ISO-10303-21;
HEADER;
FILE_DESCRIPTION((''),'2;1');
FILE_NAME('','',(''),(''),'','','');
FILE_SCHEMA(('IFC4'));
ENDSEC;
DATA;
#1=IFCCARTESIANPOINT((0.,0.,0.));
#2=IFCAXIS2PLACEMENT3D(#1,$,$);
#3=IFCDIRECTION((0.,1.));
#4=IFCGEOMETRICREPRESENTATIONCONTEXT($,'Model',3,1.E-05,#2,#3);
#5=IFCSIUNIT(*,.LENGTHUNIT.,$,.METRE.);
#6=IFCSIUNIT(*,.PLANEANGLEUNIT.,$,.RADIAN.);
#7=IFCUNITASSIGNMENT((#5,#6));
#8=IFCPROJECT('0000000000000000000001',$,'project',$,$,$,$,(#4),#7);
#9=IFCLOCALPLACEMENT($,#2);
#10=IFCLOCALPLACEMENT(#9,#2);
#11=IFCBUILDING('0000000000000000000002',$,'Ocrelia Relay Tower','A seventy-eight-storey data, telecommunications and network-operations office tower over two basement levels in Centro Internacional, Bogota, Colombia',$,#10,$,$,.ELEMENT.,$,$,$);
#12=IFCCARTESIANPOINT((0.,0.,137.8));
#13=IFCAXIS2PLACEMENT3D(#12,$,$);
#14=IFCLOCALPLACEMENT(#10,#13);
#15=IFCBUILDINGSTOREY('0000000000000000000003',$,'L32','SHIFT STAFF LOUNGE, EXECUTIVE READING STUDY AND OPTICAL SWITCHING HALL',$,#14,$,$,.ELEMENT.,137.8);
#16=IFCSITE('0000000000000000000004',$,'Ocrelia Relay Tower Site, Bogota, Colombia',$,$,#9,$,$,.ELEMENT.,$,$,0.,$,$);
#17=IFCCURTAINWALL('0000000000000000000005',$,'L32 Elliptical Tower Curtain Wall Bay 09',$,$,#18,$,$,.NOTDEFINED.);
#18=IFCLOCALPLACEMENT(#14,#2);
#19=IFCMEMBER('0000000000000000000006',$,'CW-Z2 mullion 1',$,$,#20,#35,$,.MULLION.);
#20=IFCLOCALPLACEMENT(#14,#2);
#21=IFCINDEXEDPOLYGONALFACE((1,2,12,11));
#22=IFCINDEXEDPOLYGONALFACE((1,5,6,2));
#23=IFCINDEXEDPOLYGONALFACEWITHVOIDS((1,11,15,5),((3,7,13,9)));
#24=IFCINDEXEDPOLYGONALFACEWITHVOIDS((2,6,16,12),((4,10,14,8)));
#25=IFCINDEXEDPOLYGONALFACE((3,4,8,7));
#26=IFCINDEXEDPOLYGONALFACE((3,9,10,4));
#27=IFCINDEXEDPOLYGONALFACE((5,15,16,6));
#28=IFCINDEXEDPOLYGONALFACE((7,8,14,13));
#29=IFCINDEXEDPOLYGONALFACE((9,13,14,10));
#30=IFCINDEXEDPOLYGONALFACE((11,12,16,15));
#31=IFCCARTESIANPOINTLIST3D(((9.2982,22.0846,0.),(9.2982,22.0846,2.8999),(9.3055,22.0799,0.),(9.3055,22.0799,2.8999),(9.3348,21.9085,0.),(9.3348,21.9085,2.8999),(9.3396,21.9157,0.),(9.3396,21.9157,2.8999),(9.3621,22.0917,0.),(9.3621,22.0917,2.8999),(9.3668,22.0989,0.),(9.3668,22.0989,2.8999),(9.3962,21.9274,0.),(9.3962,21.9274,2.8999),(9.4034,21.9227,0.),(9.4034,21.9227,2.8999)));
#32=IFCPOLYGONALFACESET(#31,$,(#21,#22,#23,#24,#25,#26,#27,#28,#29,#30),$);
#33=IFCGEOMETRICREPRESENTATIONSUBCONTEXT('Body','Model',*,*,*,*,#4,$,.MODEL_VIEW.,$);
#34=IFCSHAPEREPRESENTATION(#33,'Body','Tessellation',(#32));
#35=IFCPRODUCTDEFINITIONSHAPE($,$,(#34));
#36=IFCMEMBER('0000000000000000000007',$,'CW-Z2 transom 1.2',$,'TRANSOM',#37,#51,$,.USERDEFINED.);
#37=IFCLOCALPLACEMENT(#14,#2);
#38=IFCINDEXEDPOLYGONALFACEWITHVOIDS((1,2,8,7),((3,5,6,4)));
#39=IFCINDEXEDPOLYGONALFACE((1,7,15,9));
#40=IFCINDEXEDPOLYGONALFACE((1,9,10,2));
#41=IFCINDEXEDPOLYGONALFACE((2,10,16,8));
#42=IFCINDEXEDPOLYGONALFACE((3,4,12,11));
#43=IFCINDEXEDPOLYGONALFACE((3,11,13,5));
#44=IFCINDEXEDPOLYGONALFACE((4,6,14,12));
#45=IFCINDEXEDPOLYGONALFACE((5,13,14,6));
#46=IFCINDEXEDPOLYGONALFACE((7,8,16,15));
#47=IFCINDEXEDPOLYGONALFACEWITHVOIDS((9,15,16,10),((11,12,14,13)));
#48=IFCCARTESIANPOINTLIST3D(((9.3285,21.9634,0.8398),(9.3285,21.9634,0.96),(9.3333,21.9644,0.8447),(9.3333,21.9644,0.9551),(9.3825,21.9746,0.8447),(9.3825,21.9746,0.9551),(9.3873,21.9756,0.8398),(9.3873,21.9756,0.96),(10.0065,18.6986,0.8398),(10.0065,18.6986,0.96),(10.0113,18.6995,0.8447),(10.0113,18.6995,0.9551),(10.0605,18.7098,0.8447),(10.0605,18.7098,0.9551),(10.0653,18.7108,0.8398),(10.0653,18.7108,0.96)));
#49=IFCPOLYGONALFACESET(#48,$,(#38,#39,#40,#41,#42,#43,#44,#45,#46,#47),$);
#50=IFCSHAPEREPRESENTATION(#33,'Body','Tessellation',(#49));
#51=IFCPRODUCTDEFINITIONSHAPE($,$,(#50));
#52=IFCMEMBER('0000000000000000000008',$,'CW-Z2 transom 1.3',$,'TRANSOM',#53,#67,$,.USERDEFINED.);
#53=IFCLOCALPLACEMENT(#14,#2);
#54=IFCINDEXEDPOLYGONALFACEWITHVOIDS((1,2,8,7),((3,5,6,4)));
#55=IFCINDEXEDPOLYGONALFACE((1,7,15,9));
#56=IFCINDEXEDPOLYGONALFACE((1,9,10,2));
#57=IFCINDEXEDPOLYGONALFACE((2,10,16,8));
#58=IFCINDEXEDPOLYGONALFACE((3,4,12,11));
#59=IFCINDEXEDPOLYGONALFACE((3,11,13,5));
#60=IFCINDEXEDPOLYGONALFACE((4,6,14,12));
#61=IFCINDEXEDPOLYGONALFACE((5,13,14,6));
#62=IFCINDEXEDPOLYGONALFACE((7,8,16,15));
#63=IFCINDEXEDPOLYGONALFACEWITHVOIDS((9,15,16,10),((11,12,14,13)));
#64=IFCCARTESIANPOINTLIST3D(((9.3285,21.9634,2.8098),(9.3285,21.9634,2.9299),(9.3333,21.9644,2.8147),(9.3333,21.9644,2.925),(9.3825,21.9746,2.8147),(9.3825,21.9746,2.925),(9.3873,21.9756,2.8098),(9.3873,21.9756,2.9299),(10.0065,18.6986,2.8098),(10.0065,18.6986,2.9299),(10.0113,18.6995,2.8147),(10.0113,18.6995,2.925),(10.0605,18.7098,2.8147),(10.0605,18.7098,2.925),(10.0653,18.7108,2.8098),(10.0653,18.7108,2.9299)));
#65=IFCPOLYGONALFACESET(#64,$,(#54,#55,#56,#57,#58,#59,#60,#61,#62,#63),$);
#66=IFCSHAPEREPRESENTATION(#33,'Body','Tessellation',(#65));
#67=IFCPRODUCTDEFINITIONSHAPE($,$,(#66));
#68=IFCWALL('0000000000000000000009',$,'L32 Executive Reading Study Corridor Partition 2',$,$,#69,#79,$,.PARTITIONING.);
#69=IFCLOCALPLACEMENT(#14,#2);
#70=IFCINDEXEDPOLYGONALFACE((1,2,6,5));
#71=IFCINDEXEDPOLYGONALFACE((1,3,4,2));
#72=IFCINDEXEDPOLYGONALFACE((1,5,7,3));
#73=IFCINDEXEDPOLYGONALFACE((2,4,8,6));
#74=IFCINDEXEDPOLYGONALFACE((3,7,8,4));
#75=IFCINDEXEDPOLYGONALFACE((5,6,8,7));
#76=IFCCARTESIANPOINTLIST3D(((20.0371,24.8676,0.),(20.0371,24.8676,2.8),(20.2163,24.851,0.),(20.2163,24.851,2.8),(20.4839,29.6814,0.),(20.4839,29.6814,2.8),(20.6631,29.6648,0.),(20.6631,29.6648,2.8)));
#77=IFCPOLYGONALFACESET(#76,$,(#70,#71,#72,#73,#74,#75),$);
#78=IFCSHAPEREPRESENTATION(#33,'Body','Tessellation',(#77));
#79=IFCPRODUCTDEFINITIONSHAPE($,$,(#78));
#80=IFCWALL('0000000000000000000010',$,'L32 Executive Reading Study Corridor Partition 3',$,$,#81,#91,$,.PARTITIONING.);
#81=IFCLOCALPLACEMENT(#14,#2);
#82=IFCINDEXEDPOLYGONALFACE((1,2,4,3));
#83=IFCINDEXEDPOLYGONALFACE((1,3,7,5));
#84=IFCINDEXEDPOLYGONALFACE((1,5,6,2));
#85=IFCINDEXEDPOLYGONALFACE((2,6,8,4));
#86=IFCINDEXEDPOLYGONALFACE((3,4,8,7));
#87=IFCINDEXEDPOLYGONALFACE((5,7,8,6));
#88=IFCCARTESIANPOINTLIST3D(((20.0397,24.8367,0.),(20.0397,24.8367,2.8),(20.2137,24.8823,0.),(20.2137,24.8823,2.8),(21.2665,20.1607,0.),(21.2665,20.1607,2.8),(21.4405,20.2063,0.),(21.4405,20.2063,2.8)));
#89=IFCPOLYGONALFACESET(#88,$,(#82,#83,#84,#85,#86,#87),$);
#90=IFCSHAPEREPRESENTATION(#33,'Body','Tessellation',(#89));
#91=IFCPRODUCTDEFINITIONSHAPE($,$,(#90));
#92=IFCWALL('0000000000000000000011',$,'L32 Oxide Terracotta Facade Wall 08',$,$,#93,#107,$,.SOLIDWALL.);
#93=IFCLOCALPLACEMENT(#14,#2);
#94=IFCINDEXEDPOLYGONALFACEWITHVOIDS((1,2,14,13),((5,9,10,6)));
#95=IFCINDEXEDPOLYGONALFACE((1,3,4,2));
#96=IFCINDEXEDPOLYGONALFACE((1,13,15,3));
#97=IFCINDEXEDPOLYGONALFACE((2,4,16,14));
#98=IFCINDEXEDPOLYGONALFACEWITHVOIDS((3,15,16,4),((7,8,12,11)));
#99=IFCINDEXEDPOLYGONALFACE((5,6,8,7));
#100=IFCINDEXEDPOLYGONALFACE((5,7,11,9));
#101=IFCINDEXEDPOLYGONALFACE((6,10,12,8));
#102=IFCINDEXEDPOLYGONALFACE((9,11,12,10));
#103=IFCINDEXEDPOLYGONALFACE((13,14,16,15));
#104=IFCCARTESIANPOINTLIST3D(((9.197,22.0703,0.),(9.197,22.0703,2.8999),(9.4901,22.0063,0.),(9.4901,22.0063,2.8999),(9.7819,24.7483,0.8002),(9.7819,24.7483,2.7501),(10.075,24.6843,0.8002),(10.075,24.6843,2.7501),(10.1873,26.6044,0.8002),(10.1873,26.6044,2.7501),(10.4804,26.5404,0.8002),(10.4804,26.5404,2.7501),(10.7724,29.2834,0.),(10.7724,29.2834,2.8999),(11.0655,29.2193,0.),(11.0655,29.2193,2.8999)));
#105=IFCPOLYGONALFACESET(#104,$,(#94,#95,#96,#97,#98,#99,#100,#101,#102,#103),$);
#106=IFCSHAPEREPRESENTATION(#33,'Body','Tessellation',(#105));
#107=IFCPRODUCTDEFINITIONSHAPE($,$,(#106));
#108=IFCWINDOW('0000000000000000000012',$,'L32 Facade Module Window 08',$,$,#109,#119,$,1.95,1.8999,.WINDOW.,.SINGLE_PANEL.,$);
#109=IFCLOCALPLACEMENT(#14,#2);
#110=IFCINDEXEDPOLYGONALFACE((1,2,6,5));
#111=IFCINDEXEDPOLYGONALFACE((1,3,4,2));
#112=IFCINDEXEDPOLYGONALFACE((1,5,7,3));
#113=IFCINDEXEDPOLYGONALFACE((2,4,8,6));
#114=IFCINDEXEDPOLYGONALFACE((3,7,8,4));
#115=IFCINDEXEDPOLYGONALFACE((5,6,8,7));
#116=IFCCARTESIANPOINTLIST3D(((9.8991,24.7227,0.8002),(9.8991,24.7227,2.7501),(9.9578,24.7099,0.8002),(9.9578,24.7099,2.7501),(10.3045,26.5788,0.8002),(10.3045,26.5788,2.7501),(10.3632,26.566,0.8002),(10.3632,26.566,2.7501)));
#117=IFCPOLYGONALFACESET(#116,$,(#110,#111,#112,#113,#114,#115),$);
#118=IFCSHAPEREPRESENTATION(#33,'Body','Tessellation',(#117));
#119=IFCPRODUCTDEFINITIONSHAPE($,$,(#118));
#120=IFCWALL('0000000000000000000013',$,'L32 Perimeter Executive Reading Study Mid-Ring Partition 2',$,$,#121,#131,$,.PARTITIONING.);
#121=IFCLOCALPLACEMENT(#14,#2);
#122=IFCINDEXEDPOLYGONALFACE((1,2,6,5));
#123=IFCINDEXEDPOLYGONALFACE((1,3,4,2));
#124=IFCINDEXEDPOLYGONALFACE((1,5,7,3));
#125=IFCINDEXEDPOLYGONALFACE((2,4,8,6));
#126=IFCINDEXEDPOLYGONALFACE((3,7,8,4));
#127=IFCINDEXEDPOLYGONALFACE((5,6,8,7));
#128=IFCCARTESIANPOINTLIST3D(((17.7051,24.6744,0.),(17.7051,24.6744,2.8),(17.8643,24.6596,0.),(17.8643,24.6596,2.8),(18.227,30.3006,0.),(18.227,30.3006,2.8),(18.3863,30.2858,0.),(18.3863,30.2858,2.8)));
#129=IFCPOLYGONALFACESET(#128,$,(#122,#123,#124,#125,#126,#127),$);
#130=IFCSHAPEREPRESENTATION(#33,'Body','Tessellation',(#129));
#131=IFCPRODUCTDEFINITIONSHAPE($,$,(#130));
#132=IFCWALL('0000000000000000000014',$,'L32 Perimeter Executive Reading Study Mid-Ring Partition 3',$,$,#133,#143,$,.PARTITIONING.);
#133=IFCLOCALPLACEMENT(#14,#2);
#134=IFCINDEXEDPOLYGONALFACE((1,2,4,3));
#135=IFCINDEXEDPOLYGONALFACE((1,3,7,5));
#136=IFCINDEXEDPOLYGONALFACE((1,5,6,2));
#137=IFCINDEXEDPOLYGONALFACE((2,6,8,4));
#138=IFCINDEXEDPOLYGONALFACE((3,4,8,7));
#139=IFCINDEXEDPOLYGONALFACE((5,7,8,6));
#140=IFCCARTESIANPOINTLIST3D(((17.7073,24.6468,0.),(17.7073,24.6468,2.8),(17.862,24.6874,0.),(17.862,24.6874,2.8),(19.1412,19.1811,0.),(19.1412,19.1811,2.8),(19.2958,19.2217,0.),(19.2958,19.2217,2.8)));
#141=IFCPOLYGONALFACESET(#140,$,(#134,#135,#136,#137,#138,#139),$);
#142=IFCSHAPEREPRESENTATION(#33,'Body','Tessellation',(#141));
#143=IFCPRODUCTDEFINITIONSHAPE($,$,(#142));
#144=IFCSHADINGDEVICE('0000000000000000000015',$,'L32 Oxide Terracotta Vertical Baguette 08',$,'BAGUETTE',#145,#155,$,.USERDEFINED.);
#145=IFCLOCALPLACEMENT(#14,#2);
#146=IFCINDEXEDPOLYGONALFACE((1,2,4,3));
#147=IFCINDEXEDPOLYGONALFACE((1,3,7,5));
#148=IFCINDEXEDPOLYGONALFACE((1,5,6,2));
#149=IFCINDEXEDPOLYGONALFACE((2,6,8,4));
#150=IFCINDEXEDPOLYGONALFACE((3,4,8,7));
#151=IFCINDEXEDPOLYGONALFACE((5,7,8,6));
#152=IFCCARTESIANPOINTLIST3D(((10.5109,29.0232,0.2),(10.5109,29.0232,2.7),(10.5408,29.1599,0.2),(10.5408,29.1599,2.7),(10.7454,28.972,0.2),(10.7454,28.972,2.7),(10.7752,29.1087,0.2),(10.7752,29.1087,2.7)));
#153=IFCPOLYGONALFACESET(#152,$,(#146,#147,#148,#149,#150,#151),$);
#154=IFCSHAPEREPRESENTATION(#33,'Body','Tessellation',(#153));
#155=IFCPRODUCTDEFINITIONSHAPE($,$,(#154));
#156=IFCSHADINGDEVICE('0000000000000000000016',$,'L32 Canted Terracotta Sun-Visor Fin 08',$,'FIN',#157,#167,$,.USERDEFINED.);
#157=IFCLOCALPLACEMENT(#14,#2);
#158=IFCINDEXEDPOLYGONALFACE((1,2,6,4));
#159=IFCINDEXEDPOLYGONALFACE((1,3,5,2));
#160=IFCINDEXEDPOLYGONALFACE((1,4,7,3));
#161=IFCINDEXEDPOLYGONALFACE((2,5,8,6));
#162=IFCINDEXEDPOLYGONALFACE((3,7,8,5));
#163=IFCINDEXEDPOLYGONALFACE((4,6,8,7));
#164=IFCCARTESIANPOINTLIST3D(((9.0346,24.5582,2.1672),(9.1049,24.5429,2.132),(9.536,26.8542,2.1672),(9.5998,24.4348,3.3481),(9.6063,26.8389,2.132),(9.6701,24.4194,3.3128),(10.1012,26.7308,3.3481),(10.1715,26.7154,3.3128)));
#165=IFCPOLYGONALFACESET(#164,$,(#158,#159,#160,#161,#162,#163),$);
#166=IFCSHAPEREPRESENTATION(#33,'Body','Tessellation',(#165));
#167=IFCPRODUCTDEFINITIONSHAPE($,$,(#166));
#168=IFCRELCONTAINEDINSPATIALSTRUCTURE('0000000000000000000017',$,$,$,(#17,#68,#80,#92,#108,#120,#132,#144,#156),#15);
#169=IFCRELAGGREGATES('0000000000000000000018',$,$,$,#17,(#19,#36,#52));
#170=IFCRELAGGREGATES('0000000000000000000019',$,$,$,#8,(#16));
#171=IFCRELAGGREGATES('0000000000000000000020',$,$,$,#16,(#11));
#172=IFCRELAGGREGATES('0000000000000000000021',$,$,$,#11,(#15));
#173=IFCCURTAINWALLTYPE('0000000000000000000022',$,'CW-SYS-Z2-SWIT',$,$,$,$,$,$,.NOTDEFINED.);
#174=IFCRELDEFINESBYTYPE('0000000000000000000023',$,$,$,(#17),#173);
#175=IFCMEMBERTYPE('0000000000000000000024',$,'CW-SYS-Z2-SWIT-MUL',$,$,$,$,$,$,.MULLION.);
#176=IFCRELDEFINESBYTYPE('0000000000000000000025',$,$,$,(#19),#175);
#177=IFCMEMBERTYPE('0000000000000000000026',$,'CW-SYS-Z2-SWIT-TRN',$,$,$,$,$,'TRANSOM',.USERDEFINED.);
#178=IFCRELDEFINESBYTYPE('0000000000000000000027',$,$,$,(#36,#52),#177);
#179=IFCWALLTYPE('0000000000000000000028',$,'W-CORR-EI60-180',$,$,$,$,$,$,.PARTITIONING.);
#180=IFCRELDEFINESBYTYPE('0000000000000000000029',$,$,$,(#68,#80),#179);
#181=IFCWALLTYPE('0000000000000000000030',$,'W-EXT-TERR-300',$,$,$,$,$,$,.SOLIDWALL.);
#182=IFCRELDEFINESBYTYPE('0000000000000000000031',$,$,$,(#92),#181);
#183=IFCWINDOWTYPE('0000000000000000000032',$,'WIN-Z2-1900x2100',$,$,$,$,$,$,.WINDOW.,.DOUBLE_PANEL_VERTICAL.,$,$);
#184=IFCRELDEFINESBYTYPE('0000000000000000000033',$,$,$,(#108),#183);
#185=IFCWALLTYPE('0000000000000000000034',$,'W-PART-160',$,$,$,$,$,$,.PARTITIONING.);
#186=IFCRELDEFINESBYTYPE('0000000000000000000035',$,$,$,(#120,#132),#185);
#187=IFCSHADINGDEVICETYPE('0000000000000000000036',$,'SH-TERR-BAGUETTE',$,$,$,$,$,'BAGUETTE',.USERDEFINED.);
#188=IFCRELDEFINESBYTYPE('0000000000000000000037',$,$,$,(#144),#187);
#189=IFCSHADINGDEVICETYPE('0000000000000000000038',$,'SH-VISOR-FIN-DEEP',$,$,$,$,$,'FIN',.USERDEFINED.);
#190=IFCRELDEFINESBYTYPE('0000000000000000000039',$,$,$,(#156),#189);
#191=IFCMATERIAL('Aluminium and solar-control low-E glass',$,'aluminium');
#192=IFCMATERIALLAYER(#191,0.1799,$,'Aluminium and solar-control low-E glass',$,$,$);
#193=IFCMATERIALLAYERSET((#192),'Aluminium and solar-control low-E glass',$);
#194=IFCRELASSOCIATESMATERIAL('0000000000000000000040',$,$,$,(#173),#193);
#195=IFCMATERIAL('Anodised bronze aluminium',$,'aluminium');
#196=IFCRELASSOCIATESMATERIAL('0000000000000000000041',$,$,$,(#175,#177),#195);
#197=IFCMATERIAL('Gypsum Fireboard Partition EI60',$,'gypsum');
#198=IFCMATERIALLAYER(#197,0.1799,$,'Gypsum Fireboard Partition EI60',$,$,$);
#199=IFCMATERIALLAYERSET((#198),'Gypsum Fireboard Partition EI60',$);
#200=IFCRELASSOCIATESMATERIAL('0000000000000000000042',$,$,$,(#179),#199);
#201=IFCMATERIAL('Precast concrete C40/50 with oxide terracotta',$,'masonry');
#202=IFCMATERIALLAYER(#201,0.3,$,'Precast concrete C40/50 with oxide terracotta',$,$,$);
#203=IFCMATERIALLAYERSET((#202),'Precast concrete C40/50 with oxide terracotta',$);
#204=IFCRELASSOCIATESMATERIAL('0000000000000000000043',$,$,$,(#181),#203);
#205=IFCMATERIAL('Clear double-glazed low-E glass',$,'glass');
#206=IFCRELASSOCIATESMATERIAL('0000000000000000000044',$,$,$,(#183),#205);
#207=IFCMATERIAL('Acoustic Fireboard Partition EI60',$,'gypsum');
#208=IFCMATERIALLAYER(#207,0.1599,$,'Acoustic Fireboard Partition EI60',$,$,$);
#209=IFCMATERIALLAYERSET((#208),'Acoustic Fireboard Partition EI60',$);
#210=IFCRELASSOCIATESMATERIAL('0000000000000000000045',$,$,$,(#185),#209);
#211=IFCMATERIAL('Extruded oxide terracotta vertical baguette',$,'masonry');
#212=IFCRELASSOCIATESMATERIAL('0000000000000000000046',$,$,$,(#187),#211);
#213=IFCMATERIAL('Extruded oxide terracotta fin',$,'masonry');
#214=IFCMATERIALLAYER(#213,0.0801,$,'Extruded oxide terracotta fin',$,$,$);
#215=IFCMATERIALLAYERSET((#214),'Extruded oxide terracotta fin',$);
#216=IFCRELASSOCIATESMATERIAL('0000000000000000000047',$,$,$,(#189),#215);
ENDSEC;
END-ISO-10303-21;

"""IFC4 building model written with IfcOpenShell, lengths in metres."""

from ifc_helpers import new_model, si_unit, direction, frame, frame_2d, origin, origin_2d, place, context, subcontext, project, spatial, rectangle, hollow_rectangle, extrude, material, layer, layer_set, material_profile, profile_set, type_object, element, fill, aggregate, save


model = new_model("IFC4")

# Units and contexts
model_context = context("Model", 3, precision=1e-05, world=origin(), true_north=direction((0.0, 1.0)))
body_context = subcontext(model_context, "Body", "Model", "MODEL_VIEW")
ifc_project = project(units=[si_unit("LENGTHUNIT", "METRE"), si_unit("PLANEANGLEUNIT", "RADIAN")], contexts=[model_context])

# Site, building, storey
site_placement = place(None, origin())
site = spatial("IfcSite", under=ifc_project, at=site_placement, Name="Ocrelia Relay Tower Site, Bogota, Colombia", CompositionType="ELEMENT", RefElevation=0.0)
building_placement = place(site_placement, origin())
building = spatial("IfcBuilding", under=site, at=building_placement, Name="Ocrelia Relay Tower", Description="A seventy-eight-storey data, telecommunications and network-operations office tower over two basement levels in Centro Internacional, Bogota, Colombia", CompositionType="ELEMENT")
storey_placement = place(building_placement, frame((0.0, 0.0, 137.8)))
storey = spatial("IfcBuildingStorey", under=building, at=storey_placement, Name="L32", Description="SHIFT STAFF LOUNGE, EXECUTIVE READING STUDY AND OPTICAL SWITCHING HALL", CompositionType="ELEMENT", Elevation=137.8)

# Curtain wall, members
ifc_material_1 = material(Name="Aluminium and solar-control low-E glass", Category="aluminium")
ifc_layer_1 = layer(ifc_material_1, 0.1799, Name="Aluminium and solar-control low-E glass")
ifc_layer_set_1 = layer_set([ifc_layer_1], Name="Aluminium and solar-control low-E glass")
curtain_wall_type = type_object("IfcCurtainWallType", Name="CW-SYS-Z2-SWIT", PredefinedType="NOTDEFINED", material=ifc_layer_set_1)
curtain_wall_placement = place(storey_placement, origin())
curtain_wall = element("IfcCurtainWall", 1, at=curtain_wall_placement, inside=storey, type_object=curtain_wall_type, Name="L32 Elliptical Tower Curtain Wall Bay 09", PredefinedType="NOTDEFINED")
ifc_material_2 = material(Name="Anodised bronze aluminium", Category="aluminium")
ifc_material_profile_1 = material_profile(ifc_material_2, hollow_rectangle(XDim=0.0701, YDim=0.1799, WallThickness=0.0061, at=origin_2d()), Name="CW-MUL-180x70")
ifc_profile_set_1 = profile_set([ifc_material_profile_1], Name="Anodised bronze aluminium")
member_type_1 = type_object("IfcMemberType", Name="CW-SYS-Z2-SWIT-MUL", PredefinedType="MULLION", material=ifc_profile_set_1)
member_1_placement = place(storey_placement, frame((9.3508, 22.0037, 0.0), z_axis=(0.0, 0.0, 1.0), x_axis=(0.979114, 0.203312, 0.0)))
member_1 = element("IfcMember", 2, at=member_1_placement, type_object=member_type_1, Name="CW-Z2 mullion 1", PredefinedType="MULLION", context=body_context, shape_type="SweptSolid", body=[
    extrude(hollow_rectangle(XDim=0.0701, YDim=0.1799, WallThickness=0.0061, at=origin_2d()), origin(), (0.0, 0.0, 1.0), 2.8999),
])
ifc_material_profile_2 = material_profile(ifc_material_2, hollow_rectangle(XDim=0.0601, YDim=0.1201, WallThickness=0.0049, at=origin_2d()), Name="CW-TRN-120x60")
ifc_profile_set_2 = profile_set([ifc_material_profile_2], Name="Anodised bronze aluminium")
member_type_2 = type_object("IfcMemberType", Name="CW-SYS-Z2-SWIT-TRN", ElementType="TRANSOM", PredefinedType="USERDEFINED", material=ifc_profile_set_2)
member_2_placement = place(storey_placement, frame((9.3579, 21.9695, 0.8999), z_axis=(0.20332, -0.979112, 0.0), x_axis=(0.979112, 0.20332, 0.0)))
member_2 = element("IfcMember", 3, at=member_2_placement, type_object=member_type_2, Name="CW-Z2 transom 1.2", ObjectType="TRANSOM", PredefinedType="USERDEFINED", context=body_context, shape_type="SweptSolid", body=[
    extrude(hollow_rectangle(XDim=0.0601, YDim=0.1201, WallThickness=0.0049, at=origin_2d()), origin(), (0.0, 0.0, 1.0), 3.3345),
])
member_3_placement = place(storey_placement, frame((9.3579, 21.9695, 2.8699), z_axis=(0.20332, -0.979112, 0.0), x_axis=(0.979112, 0.20332, 0.0)))
member_3 = element("IfcMember", 4, at=member_3_placement, type_object=member_type_2, Name="CW-Z2 transom 1.3", ObjectType="TRANSOM", PredefinedType="USERDEFINED", context=body_context, shape_type="SweptSolid", body=[
    extrude(hollow_rectangle(XDim=0.0601, YDim=0.1201, WallThickness=0.0049, at=origin_2d()), origin(), (0.0, 0.0, 1.0), 3.3345),
])
aggregate(curtain_wall, [member_1, member_2, member_3])

# Walls
ifc_material_3 = material(Name="Gypsum Fireboard Partition EI60", Category="gypsum")
ifc_layer_2 = layer(ifc_material_3, 0.1799, Name="Gypsum Fireboard Partition EI60")
ifc_layer_set_2 = layer_set([ifc_layer_2], Name="Gypsum Fireboard Partition EI60")
wall_type_1 = type_object("IfcWallType", Name="W-CORR-EI60-180", PredefinedType="PARTITIONING", material=ifc_layer_set_2)
wall_1_placement = place(storey_placement, frame((20.5735, 29.6731, 0.0), z_axis=(0.0, 0.0, 1.0), x_axis=(-0.092416, -0.99572, 0.0)))
element("IfcWall", 5, at=wall_1_placement, inside=storey, type_object=wall_type_1, Name="L32 Executive Reading Study Corridor Partition 2", PredefinedType="PARTITIONING", context=body_context, shape_type="SweptSolid", body=[
    extrude(rectangle(XDim=4.8345, YDim=0.1799, at=frame_2d((2.4172, 0.0))), origin(), (0.0, 0.0, 1.0), 2.8),
])
wall_2_placement = place(storey_placement, frame((20.1267, 24.8594, 0.0), z_axis=(0.0, 0.0, 1.0), x_axis=(0.253772, -0.967264, 0.0)))
element("IfcWall", 6, at=wall_2_placement, inside=storey, type_object=wall_type_1, Name="L32 Executive Reading Study Corridor Partition 3", PredefinedType="PARTITIONING", context=body_context, shape_type="SweptSolid", body=[
    extrude(rectangle(XDim=4.8342, YDim=0.1799, at=frame_2d((2.417, 0.0))), origin(), (0.0, 0.0, 1.0), 2.8),
])

# Wall, opening, window
ifc_material_4 = material(Name="Precast concrete C40/50 with oxide terracotta", Category="masonry")
ifc_layer_3 = layer(ifc_material_4, 0.3, Name="Precast concrete C40/50 with oxide terracotta")
ifc_layer_set_3 = layer_set([ifc_layer_3], Name="Precast concrete C40/50 with oxide terracotta")
wall_type_2 = type_object("IfcWallType", Name="W-EXT-TERR-300", PredefinedType="SOLIDWALL", material=ifc_layer_set_3)
wall_3_placement = place(storey_placement, frame((10.9189, 29.2512, 0.0), z_axis=(0.0, 0.0, 1.0), x_axis=(-0.213382, -0.976969, 0.0)))
wall_3 = element("IfcWall", 7, at=wall_3_placement, inside=storey, type_object=wall_type_2, Name="L32 Oxide Terracotta Facade Wall 08", PredefinedType="SOLIDWALL", context=body_context, shape_type="SweptSolid", body=[
    extrude(rectangle(XDim=7.3831, YDim=0.3, at=frame_2d((3.6914, 0.0))), origin(), (0.0, 0.0, 1.0), 2.8999),
])
opening_placement = place(wall_3_placement, frame((2.7419, 0.0, 0.8)))
opening = element("IfcOpeningElement", 8, at=opening_placement, cuts=wall_3, PredefinedType="OPENING", context=body_context, shape_type="SweptSolid", body=[
    extrude(rectangle(XDim=1.8999, YDim=1.95, at=frame_2d((0.95, 0.9751))), frame((0.0, 0.1602, 0.0), z_axis=(0.0, -1.0, 0.0), x_axis=(1.0, 0.0, 0.0)), (0.0, 0.0, 1.0), 0.3201),
])
ifc_material_5 = material(Name="Clear double-glazed low-E glass", Category="glass")
window_type = type_object("IfcWindowType", Name="WIN-Z2-1900x2100", PartitioningType="DOUBLE_PANEL_VERTICAL", PredefinedType="WINDOW", material=ifc_material_5)
window_placement = place(opening_placement, origin())
window = element("IfcWindow", 9, at=window_placement, inside=storey, type_object=window_type, Name="L32 Facade Module Window 08", OverallHeight=1.95, OverallWidth=1.8999, PartitioningType="SINGLE_PANEL", PredefinedType="WINDOW", context=body_context, shape_type="SweptSolid", body=[
    extrude(rectangle(XDim=1.8999, YDim=1.95, at=frame_2d((0.95, 0.9751))), frame((0.0, 0.03, 0.0), z_axis=(0.0, -1.0, 0.0), x_axis=(1.0, 0.0, 0.0)), (0.0, 0.0, 1.0), 0.0601),
])
fill(opening, window)

# Walls
ifc_material_6 = material(Name="Acoustic Fireboard Partition EI60", Category="gypsum")
ifc_layer_4 = layer(ifc_material_6, 0.1599, Name="Acoustic Fireboard Partition EI60")
ifc_layer_set_4 = layer_set([ifc_layer_4], Name="Acoustic Fireboard Partition EI60")
wall_type_3 = type_object("IfcWallType", Name="W-PART-160", PredefinedType="PARTITIONING", material=ifc_layer_set_4)
wall_4_placement = place(storey_placement, frame((18.3066, 30.2932, 0.0), z_axis=(0.0, 0.0, 1.0), x_axis=(-0.092378, -0.995724, 0.0)))
element("IfcWall", 10, at=wall_4_placement, inside=storey, type_object=wall_type_3, Name="L32 Perimeter Executive Reading Study Mid-Ring Partition 2", PredefinedType="PARTITIONING", context=body_context, shape_type="SweptSolid", body=[
    extrude(rectangle(XDim=5.6504, YDim=0.1599, at=frame_2d((2.8252, 0.0))), origin(), (0.0, 0.0, 1.0), 2.8),
])
wall_5_placement = place(storey_placement, frame((17.7847, 24.667, 0.0), z_axis=(0.0, 0.0, 1.0), x_axis=(0.253753, -0.967269, 0.0)))
element("IfcWall", 11, at=wall_5_placement, inside=storey, type_object=wall_type_3, Name="L32 Perimeter Executive Reading Study Mid-Ring Partition 3", PredefinedType="PARTITIONING", context=body_context, shape_type="SweptSolid", body=[
    extrude(rectangle(XDim=5.6506, YDim=0.1599, at=frame_2d((2.8252, 0.0))), origin(), (0.0, 0.0, 1.0), 2.8),
])

# Shading devices
ifc_material_7 = material(Name="Extruded oxide terracotta vertical baguette", Category="masonry")
shading_device_type_1 = type_object("IfcShadingDeviceType", Name="SH-TERR-BAGUETTE", ElementType="BAGUETTE", PredefinedType="USERDEFINED", material=ifc_material_7)
shading_device_1_placement = place(storey_placement, frame((10.6431, 29.0659, 0.2), z_axis=(0.0, 0.0, 1.0), x_axis=(-0.21336, -0.976974, 0.0)))
element("IfcShadingDevice", 12, at=shading_device_1_placement, inside=storey, type_object=shading_device_type_1, Name="L32 Oxide Terracotta Vertical Baguette 08", ObjectType="BAGUETTE", PredefinedType="USERDEFINED", context=body_context, shape_type="SweptSolid", body=[
    extrude(rectangle(XDim=0.1399, YDim=0.24, at=origin_2d()), origin(), (0.0, 0.0, 1.0), 2.5),
])
ifc_material_8 = material(Name="Extruded oxide terracotta fin", Category="masonry")
ifc_layer_5 = layer(ifc_material_8, 0.0801, Name="Extruded oxide terracotta fin")
ifc_layer_set_5 = layer_set([ifc_layer_5], Name="Extruded oxide terracotta fin")
shading_device_type_2 = type_object("IfcShadingDeviceType", Name="SH-VISOR-FIN-DEEP", ElementType="FIN", PredefinedType="USERDEFINED", material=ifc_layer_set_5)
shading_device_2_placement = place(storey_placement, frame((9.6382, 25.6292, 2.7224), z_axis=(-0.877349, 0.191603, 0.439939), x_axis=(-0.21336, -0.976974, 0.0)))
element("IfcShadingDevice", 13, at=shading_device_2_placement, inside=storey, type_object=shading_device_type_2, Name="L32 Canted Terracotta Sun-Visor Fin 08", ObjectType="FIN", PredefinedType="USERDEFINED", context=body_context, shape_type="SweptSolid", body=[
    extrude(rectangle(XDim=2.3501, YDim=1.3149, at=origin_2d()), origin(), (0.0, 0.0, 1.0), 0.0801),
])

save(model, "model.ifc")
